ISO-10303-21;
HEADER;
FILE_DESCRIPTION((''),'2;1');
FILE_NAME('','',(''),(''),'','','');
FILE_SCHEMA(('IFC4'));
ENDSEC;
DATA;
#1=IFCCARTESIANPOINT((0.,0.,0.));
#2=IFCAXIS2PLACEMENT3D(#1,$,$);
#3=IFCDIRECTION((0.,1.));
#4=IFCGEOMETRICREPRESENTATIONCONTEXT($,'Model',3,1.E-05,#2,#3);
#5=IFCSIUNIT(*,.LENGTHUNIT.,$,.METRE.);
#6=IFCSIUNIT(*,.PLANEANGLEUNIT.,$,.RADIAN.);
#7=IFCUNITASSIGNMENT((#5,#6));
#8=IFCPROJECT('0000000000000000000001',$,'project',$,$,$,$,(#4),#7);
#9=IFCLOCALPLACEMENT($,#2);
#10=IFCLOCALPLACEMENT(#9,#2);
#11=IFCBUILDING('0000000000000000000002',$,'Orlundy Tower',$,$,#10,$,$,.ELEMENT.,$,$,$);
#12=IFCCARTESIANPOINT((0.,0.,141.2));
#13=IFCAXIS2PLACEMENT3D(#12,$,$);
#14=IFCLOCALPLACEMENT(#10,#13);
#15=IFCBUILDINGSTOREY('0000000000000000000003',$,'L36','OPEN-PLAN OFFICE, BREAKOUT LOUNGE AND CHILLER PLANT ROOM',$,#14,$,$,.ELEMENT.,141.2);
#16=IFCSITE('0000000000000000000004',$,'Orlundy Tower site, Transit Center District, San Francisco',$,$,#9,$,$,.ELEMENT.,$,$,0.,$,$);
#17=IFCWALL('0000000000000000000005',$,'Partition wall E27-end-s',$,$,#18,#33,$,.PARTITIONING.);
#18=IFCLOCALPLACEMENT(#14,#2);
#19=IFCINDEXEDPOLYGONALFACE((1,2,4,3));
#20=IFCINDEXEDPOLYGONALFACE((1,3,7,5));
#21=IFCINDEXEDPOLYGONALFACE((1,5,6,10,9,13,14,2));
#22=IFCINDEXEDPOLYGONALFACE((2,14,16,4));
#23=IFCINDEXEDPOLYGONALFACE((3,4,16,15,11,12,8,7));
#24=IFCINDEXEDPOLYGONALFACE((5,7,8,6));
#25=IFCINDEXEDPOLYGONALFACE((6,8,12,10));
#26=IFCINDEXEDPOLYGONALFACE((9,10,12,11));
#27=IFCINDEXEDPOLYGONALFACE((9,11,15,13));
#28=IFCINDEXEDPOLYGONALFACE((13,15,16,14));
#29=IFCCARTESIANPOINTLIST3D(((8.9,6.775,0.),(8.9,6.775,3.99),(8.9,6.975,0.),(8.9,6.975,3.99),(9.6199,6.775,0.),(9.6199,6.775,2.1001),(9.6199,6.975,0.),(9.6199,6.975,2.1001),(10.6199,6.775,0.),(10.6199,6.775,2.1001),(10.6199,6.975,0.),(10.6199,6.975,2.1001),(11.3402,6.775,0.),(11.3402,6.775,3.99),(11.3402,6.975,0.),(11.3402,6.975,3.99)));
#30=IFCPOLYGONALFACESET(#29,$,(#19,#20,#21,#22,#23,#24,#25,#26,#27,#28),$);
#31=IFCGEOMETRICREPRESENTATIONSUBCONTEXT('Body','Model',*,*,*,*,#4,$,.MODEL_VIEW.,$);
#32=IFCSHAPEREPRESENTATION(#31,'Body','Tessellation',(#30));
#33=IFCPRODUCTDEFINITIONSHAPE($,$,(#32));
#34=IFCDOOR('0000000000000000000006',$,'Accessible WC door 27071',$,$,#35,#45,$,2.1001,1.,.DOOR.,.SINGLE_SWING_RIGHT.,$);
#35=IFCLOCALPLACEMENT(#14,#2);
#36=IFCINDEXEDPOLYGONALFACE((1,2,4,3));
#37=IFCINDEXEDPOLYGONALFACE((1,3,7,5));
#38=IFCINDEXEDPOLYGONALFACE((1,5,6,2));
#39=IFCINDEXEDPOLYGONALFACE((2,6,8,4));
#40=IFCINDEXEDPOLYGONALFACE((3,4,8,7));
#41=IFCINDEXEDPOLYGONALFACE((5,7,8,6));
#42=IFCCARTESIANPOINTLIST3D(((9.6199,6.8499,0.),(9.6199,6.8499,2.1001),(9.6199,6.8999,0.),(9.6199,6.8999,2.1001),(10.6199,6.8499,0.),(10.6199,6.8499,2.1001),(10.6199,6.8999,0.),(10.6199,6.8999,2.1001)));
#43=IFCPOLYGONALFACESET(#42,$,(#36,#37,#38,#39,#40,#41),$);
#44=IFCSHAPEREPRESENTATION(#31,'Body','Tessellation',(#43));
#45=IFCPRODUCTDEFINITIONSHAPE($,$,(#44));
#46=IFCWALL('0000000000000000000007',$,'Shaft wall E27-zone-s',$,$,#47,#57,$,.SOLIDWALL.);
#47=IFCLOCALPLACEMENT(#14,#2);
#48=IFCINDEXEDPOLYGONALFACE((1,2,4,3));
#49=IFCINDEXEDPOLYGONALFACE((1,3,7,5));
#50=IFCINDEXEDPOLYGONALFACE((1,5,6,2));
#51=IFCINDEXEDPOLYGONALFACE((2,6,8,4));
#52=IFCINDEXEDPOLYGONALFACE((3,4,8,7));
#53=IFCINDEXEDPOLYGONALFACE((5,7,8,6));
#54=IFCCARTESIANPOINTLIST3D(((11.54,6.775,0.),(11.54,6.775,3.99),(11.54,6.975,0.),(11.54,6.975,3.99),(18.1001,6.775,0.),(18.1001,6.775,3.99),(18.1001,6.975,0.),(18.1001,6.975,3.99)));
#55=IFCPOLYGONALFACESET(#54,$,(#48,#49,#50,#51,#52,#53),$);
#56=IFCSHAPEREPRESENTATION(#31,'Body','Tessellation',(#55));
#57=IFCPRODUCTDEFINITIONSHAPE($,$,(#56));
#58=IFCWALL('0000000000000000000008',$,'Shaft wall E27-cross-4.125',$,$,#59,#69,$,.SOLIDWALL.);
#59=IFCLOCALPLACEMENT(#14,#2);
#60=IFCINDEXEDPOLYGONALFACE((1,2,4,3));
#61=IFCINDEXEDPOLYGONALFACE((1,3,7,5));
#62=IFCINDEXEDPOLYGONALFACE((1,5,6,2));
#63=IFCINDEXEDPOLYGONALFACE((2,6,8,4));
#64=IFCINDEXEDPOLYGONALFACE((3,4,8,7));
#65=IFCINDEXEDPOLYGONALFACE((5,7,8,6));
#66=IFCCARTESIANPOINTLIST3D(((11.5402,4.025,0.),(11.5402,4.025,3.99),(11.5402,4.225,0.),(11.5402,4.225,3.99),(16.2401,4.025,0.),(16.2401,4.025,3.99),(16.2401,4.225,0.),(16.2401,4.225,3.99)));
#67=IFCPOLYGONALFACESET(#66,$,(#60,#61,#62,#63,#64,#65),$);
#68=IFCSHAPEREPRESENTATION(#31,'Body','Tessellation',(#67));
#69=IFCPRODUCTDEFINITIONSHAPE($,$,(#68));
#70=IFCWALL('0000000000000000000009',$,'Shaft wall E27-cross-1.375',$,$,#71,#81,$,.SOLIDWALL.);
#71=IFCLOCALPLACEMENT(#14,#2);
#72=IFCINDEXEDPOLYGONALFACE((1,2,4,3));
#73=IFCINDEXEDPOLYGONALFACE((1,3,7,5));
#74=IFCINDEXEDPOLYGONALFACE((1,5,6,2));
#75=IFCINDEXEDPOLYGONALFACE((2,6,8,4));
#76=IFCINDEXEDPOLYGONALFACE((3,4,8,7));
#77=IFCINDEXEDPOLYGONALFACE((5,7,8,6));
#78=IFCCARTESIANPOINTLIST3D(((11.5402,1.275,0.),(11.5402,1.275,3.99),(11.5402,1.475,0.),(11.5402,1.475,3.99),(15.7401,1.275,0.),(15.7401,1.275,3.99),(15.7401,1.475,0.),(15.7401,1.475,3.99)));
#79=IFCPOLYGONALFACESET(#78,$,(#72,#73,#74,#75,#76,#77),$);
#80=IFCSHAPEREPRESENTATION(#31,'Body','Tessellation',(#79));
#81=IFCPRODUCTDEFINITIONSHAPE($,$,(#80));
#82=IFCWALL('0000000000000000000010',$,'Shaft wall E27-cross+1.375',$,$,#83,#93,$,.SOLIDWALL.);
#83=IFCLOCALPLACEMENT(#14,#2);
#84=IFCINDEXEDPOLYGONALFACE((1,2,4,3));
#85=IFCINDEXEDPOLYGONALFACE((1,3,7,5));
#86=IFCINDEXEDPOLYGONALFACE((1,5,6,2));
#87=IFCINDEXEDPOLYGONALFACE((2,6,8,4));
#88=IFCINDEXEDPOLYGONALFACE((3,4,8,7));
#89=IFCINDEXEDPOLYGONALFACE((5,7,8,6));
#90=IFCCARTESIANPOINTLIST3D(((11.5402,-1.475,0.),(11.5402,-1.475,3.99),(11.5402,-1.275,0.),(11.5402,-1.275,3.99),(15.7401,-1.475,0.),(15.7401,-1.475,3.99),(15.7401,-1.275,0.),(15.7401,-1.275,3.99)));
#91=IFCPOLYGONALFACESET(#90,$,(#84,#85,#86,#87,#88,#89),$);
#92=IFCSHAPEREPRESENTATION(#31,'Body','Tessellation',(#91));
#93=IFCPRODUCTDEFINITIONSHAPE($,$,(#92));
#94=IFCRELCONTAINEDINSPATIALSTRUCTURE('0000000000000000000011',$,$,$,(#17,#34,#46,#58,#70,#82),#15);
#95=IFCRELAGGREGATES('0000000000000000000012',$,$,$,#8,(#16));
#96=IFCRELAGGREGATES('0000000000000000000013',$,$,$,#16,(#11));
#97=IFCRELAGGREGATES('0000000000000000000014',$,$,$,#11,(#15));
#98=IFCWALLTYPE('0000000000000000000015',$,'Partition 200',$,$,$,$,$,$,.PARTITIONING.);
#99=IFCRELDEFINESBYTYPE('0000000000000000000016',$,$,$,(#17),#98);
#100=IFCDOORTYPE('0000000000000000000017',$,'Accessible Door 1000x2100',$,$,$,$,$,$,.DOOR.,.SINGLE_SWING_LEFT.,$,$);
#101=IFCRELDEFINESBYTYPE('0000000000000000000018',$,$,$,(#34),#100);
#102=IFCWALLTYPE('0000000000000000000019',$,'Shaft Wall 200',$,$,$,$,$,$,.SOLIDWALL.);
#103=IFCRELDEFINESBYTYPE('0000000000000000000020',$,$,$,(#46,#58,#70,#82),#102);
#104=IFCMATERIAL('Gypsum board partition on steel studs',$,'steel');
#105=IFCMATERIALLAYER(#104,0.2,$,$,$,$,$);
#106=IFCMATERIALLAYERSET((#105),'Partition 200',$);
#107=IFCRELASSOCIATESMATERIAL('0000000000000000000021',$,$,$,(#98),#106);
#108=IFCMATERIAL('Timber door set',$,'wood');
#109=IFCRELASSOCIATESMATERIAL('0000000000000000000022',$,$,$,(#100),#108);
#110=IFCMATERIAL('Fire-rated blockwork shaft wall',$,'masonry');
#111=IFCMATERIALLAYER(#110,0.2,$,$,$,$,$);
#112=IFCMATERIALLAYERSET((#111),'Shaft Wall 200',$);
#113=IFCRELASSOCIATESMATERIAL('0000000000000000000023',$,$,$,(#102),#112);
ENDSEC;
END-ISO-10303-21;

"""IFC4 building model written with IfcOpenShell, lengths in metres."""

from ifc_helpers import new_model, si_unit, direction, frame, frame_2d, origin, place, context, subcontext, project, spatial, rectangle, extrude, material, layer, layer_set, type_object, element, fill, save


model = new_model("IFC4")

# Units and contexts
model_context = context("Model", 3, precision=1e-05, world=origin(), true_north=direction((0.0, 1.0)))
body_context = subcontext(model_context, "Body", "Model", "MODEL_VIEW")
ifc_project = project(units=[si_unit("LENGTHUNIT", "METRE"), si_unit("PLANEANGLEUNIT", "RADIAN")], contexts=[model_context])

# Site, building, storey
site_placement = place(None, origin())
site = spatial("IfcSite", under=ifc_project, at=site_placement, Name="Orlundy Tower site, Transit Center District, San Francisco", CompositionType="ELEMENT", RefElevation=0.0)
building_placement = place(site_placement, origin())
building = spatial("IfcBuilding", under=site, at=building_placement, Name="Orlundy Tower", CompositionType="ELEMENT")
storey_placement = place(building_placement, frame((0.0, 0.0, 141.2)))
storey = spatial("IfcBuildingStorey", under=building, at=storey_placement, Name="L36", Description="OPEN-PLAN OFFICE, BREAKOUT LOUNGE AND CHILLER PLANT ROOM", CompositionType="ELEMENT", Elevation=141.2)

# Wall, opening, door
ifc_material_1 = material(Name="Gypsum board partition on steel studs", Category="steel")
ifc_layer_1 = layer(ifc_material_1, 0.2)
ifc_layer_set_1 = layer_set([ifc_layer_1], Name="Partition 200")
wall_type_1 = type_object("IfcWallType", Name="Partition 200", PredefinedType="PARTITIONING", material=ifc_layer_set_1)
wall_1_placement = place(storey_placement, frame((8.8999, 6.875, 0.0), z_axis=(0.0, 0.0, 1.0), x_axis=(1.0, 0.0, 0.0)))
wall_1 = element("IfcWall", 1, at=wall_1_placement, inside=storey, type_object=wall_type_1, Name="Partition wall E27-end-s", PredefinedType="PARTITIONING", context=body_context, shape_type="SweptSolid", body=[
    extrude(rectangle(XDim=2.4402, YDim=0.2, at=frame_2d((1.2202, 0.0))), origin(), (0.0, 0.0, 1.0), 3.99),
])
opening_1_placement = place(wall_1_placement, frame((0.72, 0.0, 0.0)))
opening_1 = element("IfcOpeningElement", 2, at=opening_1_placement, cuts=wall_1, PredefinedType="OPENING", context=body_context, shape_type="SweptSolid", body=[
    extrude(rectangle(XDim=1.0, YDim=2.1001, at=frame_2d((0.5, 1.05))), frame((0.0, 0.1101, 0.0), z_axis=(0.0, -1.0, 0.0), x_axis=(1.0, 0.0, 0.0)), (0.0, 0.0, 1.0), 0.2202),
])
ifc_material_2 = material(Name="Timber door set", Category="wood")
door_type_1 = type_object("IfcDoorType", Name="Accessible Door 1000x2100", OperationType="SINGLE_SWING_LEFT", PredefinedType="DOOR", material=ifc_material_2)
door_1_placement = place(opening_1_placement, origin())
door_1 = element("IfcDoor", 3, at=door_1_placement, inside=storey, type_object=door_type_1, Name="Accessible WC door 27071", OperationType="SINGLE_SWING_RIGHT", OverallHeight=2.1001, OverallWidth=1.0, PredefinedType="DOOR", context=body_context, shape_type="SweptSolid", body=[
    extrude(rectangle(XDim=1.0, YDim=2.1001, at=frame_2d((0.5, 1.05))), frame((0.0, 0.0249, 0.0), z_axis=(0.0, -1.0, 0.0), x_axis=(1.0, 0.0, 0.0)), (0.0, 0.0, 1.0), 0.05),
])
fill(opening_1, door_1)

# Walls
ifc_material_3 = material(Name="Fire-rated blockwork shaft wall", Category="masonry")
ifc_layer_2 = layer(ifc_material_3, 0.2)
ifc_layer_set_2 = layer_set([ifc_layer_2], Name="Shaft Wall 200")
wall_type_2 = type_object("IfcWallType", Name="Shaft Wall 200", PredefinedType="SOLIDWALL", material=ifc_layer_set_2)
wall_2_placement = place(storey_placement, frame((11.54, 6.875, 0.0), z_axis=(0.0, 0.0, 1.0), x_axis=(1.0, 0.0, 0.0)))
element("IfcWall", 4, at=wall_2_placement, inside=storey, type_object=wall_type_2, Name="Shaft wall E27-zone-s", PredefinedType="SOLIDWALL", context=body_context, shape_type="SweptSolid", body=[
    extrude(rectangle(XDim=6.5601, YDim=0.2, at=frame_2d((3.28, 0.0))), origin(), (0.0, 0.0, 1.0), 3.99),
])
wall_3_placement = place(storey_placement, frame((11.54, 4.125, 0.0), z_axis=(0.0, 0.0, 1.0), x_axis=(1.0, 0.0, 0.0)))
element("IfcWall", 5, at=wall_3_placement, inside=storey, type_object=wall_type_2, Name="Shaft wall E27-cross-4.125", PredefinedType="SOLIDWALL", context=body_context, shape_type="SweptSolid", body=[
    extrude(rectangle(XDim=4.7, YDim=0.2, at=frame_2d((2.3501, 0.0))), origin(), (0.0, 0.0, 1.0), 3.99),
])
for number, where, z_axis, x_axis, name in (
    (6, (11.54, 1.375, 0.0), (0.0, 0.0, 1.0), (1.0, 0.0, 0.0), "Shaft wall E27-cross-1.375"),
    (7, (11.54, -1.375, 0.0), (0.0, 0.0, 1.0), (1.0, 0.0, 0.0), "Shaft wall E27-cross+1.375"),
):
    element("IfcWall", number, at=place(storey_placement, frame(where, z_axis=z_axis, x_axis=x_axis)), inside=storey, type_object=wall_type_2, Name=name, PredefinedType="SOLIDWALL", context=body_context, shape_type="SweptSolid", body=[
        extrude(rectangle(XDim=4.2, YDim=0.2, at=frame_2d((2.1001, 0.0))), origin(), (0.0, 0.0, 1.0), 3.99),
    ])

save(model, "model.ifc")
